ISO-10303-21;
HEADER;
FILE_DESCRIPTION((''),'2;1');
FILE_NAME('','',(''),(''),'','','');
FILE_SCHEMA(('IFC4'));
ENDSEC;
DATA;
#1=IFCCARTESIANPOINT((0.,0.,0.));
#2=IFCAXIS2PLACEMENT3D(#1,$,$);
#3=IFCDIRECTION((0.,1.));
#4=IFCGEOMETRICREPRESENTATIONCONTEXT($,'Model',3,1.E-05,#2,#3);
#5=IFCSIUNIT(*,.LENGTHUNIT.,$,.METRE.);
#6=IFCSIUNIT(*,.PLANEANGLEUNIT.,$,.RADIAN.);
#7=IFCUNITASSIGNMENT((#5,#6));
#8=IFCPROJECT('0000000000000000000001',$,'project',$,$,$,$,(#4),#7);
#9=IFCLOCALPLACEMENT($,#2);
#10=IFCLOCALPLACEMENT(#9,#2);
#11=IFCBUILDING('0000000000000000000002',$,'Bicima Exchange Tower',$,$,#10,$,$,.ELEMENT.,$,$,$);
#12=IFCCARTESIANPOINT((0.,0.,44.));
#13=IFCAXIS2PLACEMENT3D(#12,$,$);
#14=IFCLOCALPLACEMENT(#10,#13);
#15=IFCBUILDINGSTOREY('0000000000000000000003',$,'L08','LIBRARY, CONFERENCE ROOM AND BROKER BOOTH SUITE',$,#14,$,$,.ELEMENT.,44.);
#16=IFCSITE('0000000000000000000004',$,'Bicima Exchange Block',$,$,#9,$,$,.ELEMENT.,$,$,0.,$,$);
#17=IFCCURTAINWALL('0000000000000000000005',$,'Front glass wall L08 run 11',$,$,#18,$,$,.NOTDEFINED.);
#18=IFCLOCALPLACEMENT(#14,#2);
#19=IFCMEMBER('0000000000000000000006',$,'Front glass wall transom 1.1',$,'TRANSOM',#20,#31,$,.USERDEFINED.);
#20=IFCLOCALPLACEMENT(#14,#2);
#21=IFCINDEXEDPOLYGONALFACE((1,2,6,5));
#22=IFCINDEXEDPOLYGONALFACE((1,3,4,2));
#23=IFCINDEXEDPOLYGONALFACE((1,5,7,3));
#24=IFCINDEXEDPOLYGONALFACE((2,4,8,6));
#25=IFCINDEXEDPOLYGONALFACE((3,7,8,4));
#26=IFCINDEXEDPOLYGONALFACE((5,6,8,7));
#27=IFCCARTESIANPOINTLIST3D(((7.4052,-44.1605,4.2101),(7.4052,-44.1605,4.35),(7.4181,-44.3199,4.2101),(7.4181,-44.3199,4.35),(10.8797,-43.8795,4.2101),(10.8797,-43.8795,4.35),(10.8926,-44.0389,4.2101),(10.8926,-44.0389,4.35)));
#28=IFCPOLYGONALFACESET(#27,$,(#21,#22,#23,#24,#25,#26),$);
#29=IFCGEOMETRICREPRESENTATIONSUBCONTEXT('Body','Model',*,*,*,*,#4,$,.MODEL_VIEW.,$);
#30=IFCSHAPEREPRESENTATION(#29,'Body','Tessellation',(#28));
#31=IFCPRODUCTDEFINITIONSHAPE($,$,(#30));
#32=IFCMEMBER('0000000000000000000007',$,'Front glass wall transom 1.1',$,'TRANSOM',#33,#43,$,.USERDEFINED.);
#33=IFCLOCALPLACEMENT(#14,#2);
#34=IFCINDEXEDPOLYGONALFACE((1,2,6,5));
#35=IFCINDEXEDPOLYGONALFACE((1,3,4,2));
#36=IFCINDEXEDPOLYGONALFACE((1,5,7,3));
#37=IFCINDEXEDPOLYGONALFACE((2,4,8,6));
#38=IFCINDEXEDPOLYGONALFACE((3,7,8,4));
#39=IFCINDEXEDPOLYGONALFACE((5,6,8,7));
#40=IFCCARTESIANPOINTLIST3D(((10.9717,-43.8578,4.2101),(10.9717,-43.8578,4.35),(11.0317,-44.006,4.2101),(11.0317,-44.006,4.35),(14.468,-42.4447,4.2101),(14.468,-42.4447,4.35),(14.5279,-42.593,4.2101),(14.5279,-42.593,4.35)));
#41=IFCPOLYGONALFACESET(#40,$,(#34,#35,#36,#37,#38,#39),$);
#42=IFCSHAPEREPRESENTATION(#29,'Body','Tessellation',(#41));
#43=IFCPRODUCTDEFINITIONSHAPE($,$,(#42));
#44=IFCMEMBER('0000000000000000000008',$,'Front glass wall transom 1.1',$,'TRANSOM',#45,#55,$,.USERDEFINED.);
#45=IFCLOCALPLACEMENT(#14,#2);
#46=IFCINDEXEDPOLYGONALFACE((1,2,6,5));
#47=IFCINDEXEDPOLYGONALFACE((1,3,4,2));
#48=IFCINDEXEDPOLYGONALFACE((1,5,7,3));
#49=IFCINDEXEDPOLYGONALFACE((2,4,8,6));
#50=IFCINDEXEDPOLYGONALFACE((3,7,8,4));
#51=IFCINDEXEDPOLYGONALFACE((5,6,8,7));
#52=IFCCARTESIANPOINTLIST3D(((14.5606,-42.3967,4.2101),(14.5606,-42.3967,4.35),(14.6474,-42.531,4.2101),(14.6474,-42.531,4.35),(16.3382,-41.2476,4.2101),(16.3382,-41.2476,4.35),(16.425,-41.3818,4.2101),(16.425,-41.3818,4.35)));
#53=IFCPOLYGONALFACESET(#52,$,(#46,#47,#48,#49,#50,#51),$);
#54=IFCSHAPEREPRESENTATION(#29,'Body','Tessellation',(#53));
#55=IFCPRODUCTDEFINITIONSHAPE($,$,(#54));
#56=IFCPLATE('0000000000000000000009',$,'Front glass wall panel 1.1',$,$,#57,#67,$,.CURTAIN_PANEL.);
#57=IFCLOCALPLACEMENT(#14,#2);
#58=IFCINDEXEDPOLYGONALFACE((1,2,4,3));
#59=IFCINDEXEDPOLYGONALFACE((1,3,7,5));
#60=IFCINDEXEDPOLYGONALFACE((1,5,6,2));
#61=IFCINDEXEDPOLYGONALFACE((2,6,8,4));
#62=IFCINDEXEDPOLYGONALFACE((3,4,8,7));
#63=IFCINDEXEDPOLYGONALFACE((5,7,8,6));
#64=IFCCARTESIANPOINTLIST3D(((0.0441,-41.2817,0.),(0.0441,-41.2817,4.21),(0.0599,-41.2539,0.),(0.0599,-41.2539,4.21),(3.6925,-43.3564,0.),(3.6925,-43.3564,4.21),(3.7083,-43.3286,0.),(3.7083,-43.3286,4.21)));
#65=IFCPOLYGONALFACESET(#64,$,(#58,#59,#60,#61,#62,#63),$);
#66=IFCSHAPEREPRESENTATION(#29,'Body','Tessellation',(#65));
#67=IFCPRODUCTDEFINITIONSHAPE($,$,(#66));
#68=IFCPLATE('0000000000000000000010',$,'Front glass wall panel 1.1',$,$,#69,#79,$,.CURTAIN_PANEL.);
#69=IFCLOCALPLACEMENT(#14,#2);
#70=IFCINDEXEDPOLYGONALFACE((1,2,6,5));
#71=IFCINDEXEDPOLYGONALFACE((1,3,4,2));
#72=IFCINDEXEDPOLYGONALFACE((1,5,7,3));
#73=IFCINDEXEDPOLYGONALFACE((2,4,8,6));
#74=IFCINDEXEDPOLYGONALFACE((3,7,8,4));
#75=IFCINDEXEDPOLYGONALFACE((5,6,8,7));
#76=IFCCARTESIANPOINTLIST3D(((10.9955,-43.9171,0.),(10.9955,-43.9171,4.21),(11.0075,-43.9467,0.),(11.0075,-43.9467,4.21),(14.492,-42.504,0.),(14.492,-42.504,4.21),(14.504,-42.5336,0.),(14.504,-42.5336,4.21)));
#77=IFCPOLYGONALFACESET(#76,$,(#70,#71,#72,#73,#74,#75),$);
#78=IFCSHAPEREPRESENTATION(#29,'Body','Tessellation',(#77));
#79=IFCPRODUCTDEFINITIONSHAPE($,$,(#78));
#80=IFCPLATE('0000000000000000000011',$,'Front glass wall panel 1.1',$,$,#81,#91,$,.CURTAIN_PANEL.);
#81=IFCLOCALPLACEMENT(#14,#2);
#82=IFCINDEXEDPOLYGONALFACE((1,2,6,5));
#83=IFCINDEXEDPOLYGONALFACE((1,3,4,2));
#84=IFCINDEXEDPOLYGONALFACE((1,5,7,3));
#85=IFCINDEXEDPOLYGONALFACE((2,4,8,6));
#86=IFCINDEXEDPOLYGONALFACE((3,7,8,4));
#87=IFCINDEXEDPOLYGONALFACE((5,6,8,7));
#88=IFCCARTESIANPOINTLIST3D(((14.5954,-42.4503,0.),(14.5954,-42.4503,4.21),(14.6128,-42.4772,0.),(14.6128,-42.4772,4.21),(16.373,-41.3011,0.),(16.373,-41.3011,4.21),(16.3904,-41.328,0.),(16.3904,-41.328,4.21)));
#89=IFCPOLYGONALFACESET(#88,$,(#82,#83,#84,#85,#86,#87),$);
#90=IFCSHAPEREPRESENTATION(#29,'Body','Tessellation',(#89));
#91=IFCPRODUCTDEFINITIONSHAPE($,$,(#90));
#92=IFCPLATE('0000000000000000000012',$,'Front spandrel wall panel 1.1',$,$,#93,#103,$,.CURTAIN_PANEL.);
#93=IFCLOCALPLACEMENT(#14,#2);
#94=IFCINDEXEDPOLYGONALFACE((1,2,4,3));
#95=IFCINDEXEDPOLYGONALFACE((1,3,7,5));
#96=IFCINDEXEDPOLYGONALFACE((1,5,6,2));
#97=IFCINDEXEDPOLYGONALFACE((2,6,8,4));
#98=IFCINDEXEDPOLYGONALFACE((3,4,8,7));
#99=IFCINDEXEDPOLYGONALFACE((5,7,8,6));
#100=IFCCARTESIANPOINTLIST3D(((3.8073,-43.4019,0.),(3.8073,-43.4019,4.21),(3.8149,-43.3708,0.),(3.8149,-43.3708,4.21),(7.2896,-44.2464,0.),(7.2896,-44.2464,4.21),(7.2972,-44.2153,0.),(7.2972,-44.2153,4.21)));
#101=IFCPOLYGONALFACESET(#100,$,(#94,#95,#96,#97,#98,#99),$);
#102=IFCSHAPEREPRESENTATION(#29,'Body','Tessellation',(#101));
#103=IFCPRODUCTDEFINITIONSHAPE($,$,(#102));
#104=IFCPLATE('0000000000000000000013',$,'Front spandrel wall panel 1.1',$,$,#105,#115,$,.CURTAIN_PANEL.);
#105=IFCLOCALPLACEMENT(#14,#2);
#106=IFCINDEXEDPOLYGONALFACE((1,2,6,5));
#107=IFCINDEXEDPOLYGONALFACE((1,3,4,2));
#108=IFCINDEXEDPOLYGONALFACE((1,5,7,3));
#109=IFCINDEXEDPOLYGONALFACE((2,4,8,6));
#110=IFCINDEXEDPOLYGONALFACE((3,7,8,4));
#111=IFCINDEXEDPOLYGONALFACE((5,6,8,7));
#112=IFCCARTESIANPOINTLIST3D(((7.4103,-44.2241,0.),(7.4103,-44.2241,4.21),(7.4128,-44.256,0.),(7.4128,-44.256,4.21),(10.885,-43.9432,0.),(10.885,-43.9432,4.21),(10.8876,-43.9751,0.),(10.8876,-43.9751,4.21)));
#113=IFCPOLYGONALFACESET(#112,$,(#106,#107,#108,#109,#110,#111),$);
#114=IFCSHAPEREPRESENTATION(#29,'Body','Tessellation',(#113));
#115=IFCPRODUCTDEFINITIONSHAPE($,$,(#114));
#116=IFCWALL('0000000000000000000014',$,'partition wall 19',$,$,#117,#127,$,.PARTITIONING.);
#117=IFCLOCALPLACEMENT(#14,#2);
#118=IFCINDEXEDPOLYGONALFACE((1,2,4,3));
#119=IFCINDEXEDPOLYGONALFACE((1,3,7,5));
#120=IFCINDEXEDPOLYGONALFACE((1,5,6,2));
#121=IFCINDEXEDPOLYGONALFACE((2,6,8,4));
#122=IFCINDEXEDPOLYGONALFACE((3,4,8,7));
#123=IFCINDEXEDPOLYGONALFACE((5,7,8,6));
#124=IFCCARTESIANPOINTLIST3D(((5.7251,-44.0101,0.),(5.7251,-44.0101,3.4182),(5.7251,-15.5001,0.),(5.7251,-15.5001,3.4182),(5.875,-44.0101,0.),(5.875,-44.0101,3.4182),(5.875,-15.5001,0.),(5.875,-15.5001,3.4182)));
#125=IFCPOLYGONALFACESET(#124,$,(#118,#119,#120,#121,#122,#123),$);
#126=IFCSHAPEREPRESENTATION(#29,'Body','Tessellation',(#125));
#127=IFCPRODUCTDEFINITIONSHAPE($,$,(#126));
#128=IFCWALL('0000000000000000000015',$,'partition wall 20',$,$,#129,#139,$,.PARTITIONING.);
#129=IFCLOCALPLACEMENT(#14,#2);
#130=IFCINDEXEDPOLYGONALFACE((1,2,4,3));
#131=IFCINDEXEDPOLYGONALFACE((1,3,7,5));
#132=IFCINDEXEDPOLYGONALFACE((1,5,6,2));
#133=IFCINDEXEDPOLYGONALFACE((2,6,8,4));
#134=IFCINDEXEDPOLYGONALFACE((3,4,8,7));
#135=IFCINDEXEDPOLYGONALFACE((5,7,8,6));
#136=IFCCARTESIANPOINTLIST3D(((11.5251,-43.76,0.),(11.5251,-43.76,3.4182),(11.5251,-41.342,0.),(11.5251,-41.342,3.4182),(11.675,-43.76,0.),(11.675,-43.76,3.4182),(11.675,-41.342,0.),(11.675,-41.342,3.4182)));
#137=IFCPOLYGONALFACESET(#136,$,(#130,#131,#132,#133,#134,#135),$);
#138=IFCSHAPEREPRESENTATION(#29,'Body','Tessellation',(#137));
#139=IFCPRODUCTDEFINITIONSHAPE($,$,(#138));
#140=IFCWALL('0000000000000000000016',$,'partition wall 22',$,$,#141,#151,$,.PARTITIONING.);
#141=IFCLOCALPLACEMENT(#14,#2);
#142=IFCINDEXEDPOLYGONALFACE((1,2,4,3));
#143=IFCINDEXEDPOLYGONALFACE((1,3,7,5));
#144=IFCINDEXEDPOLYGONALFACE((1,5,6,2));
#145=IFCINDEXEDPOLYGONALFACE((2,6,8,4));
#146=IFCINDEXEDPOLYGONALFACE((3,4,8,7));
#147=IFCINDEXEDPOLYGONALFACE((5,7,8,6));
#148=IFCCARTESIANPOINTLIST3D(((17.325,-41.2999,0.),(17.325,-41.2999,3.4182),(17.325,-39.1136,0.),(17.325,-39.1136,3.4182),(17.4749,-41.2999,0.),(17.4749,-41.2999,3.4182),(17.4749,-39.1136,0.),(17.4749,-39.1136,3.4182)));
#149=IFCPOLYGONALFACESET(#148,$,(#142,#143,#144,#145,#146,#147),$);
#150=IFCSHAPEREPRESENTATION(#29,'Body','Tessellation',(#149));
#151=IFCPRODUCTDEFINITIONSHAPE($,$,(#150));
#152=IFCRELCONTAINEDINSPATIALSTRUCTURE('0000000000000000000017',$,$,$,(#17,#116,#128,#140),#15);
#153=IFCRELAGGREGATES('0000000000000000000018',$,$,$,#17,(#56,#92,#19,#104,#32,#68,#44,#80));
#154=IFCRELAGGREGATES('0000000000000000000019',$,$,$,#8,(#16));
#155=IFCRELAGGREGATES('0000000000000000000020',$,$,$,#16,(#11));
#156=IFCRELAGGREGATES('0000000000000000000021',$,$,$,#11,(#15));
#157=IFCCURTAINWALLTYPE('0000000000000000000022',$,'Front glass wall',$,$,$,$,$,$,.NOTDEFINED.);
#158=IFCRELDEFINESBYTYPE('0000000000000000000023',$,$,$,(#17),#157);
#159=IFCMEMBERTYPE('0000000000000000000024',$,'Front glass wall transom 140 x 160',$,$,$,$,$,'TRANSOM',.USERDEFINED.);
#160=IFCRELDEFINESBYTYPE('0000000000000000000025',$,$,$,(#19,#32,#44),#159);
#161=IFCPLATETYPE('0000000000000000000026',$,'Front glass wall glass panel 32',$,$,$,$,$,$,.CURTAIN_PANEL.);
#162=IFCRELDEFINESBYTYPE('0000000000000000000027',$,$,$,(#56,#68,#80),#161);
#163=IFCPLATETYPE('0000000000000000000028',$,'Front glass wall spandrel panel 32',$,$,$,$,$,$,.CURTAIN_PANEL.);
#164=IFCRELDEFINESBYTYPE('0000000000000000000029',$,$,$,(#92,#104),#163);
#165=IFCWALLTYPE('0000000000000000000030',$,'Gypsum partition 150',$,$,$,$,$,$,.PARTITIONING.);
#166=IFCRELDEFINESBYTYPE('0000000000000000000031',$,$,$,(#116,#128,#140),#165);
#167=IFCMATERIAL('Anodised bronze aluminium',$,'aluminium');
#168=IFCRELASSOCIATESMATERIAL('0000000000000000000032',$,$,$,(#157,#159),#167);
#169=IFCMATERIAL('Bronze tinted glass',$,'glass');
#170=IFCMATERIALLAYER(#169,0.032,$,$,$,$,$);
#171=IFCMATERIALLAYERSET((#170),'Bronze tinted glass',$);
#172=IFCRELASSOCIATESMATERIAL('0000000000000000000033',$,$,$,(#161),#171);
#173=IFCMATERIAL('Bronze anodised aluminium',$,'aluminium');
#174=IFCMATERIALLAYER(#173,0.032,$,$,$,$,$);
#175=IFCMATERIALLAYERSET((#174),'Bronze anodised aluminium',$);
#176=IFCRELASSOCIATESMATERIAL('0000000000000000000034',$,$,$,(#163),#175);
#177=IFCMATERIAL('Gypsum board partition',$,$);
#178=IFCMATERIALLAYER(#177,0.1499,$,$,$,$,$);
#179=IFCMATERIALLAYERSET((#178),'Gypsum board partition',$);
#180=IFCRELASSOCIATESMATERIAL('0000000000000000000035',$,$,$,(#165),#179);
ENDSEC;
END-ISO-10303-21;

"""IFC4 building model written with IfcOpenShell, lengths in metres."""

from ifc_helpers import new_model, si_unit, direction, frame, frame_2d, origin, origin_2d, place, context, subcontext, project, spatial, rectangle, extrude, material, layer, layer_set, material_profile, profile_set, type_object, element, aggregate, save


model = new_model("IFC4")

# Units and contexts
model_context = context("Model", 3, precision=1e-05, world=origin(), true_north=direction((0.0, 1.0)))
body_context = subcontext(model_context, "Body", "Model", "MODEL_VIEW")
ifc_project = project(units=[si_unit("LENGTHUNIT", "METRE"), si_unit("PLANEANGLEUNIT", "RADIAN")], contexts=[model_context])

# Site, building, storey
site_placement = place(None, origin())
site = spatial("IfcSite", under=ifc_project, at=site_placement, Name="Bicima Exchange Block", CompositionType="ELEMENT", RefElevation=0.0)
building_placement = place(site_placement, origin())
building = spatial("IfcBuilding", under=site, at=building_placement, Name="Bicima Exchange Tower", CompositionType="ELEMENT")
storey_placement = place(building_placement, frame((0.0, 0.0, 44.0)))
storey = spatial("IfcBuildingStorey", under=building, at=storey_placement, Name="L08", Description="LIBRARY, CONFERENCE ROOM AND BROKER BOOTH SUITE", CompositionType="ELEMENT", Elevation=44.0)

# Curtain wall, members, plates
ifc_material_1 = material(Name="Anodised bronze aluminium", Category="aluminium")
curtain_wall_type = type_object("IfcCurtainWallType", Name="Front glass wall", PredefinedType="NOTDEFINED", material=ifc_material_1)
curtain_wall_placement = place(storey_placement, origin())
curtain_wall = element("IfcCurtainWall", 1, at=curtain_wall_placement, inside=storey, type_object=curtain_wall_type, Name="Front glass wall L08 run 11", PredefinedType="NOTDEFINED")
ifc_material_profile_1 = material_profile(ifc_material_1, rectangle(XDim=0.1599, YDim=0.1399, at=origin_2d()))
ifc_profile_set_1 = profile_set([ifc_material_profile_1], Name="Anodised bronze aluminium")
member_type_1 = type_object("IfcMemberType", Name="Front glass wall transom 140 x 160", ElementType="TRANSOM", PredefinedType="USERDEFINED", material=ifc_profile_set_1)
member_1_placement = place(storey_placement, frame((7.4116, -44.2402, 4.28), z_axis=(0.996746, 0.080611, 0.0), x_axis=(-0.080611, 0.996746, 0.0)))
member_1 = element("IfcMember", 2, at=member_1_placement, type_object=member_type_1, Name="Front glass wall transom 1.1", ObjectType="TRANSOM", PredefinedType="USERDEFINED", context=body_context, shape_type="SweptSolid", body=[
    extrude(rectangle(XDim=0.1599, YDim=0.1399, at=origin_2d()), origin(), (0.0, 0.0, 1.0), 3.4858),
])
member_2_placement = place(storey_placement, frame((11.0017, -43.9319, 4.28), z_axis=(0.92714, 0.374715, 0.0), x_axis=(-0.374715, 0.92714, 0.0)))
member_2 = element("IfcMember", 3, at=member_2_placement, type_object=member_type_1, Name="Front glass wall transom 1.1", ObjectType="TRANSOM", PredefinedType="USERDEFINED", context=body_context, shape_type="SweptSolid", body=[
    extrude(rectangle(XDim=0.1599, YDim=0.1399, at=origin_2d()), origin(), (0.0, 0.0, 1.0), 3.771),
])
member_3_placement = place(storey_placement, frame((14.604, -42.4639, 4.28), z_axis=(0.839793, 0.542907, 0.0), x_axis=(-0.542907, 0.839793, 0.0)))
member_3 = element("IfcMember", 4, at=member_3_placement, type_object=member_type_1, Name="Front glass wall transom 1.1", ObjectType="TRANSOM", PredefinedType="USERDEFINED", context=body_context, shape_type="SweptSolid", body=[
    extrude(rectangle(XDim=0.1599, YDim=0.1399, at=origin_2d()), origin(), (0.0, 0.0, 1.0), 2.1167),
])
ifc_material_2 = material(Name="Bronze tinted glass", Category="glass")
ifc_layer_1 = layer(ifc_material_2, 0.032)
ifc_layer_set_1 = layer_set([ifc_layer_1], Name="Bronze tinted glass")
plate_type_1 = type_object("IfcPlateType", Name="Front glass wall glass panel 32", PredefinedType="CURTAIN_PANEL", material=ifc_layer_set_1)
plate_1_placement = place(storey_placement, frame((1.8762, -42.3052, 0.0), z_axis=(0.0, 0.0, 1.0), x_axis=(0.869274, -0.49433, 0.0)))
plate_1 = element("IfcPlate", 5, at=plate_1_placement, type_object=plate_type_1, Name="Front glass wall panel 1.1", PredefinedType="CURTAIN_PANEL", context=body_context, shape_type="SweptSolid", body=[
    extrude(rectangle(XDim=4.197, YDim=0.032, at=origin_2d()), origin(), (0.0, 0.0, 1.0), 4.21),
])
plate_2_placement = place(storey_placement, frame((12.7498, -43.2253, 0.0), z_axis=(0.0, 0.0, 1.0), x_axis=(0.927144, 0.374705, 0.0)))
plate_2 = element("IfcPlate", 6, at=plate_2_placement, type_object=plate_type_1, Name="Front glass wall panel 1.1", PredefinedType="CURTAIN_PANEL", context=body_context, shape_type="SweptSolid", body=[
    extrude(rectangle(XDim=3.7712, YDim=0.032, at=origin_2d()), origin(), (0.0, 0.0, 1.0), 4.21),
])
plate_3_placement = place(storey_placement, frame((15.4929, -41.8892, 0.0), z_axis=(0.0, 0.0, 1.0), x_axis=(0.839791, 0.542909, 0.0)))
plate_3 = element("IfcPlate", 7, at=plate_3_placement, type_object=plate_type_1, Name="Front glass wall panel 1.1", PredefinedType="CURTAIN_PANEL", context=body_context, shape_type="SweptSolid", body=[
    extrude(rectangle(XDim=2.1167, YDim=0.032, at=origin_2d()), origin(), (0.0, 0.0, 1.0), 4.21),
])
ifc_material_3 = material(Name="Bronze anodised aluminium", Category="aluminium")
ifc_layer_2 = layer(ifc_material_3, 0.032)
ifc_layer_set_2 = layer_set([ifc_layer_2], Name="Bronze anodised aluminium")
plate_type_2 = type_object("IfcPlateType", Name="Front glass wall spandrel panel 32", PredefinedType="CURTAIN_PANEL", material=ifc_layer_set_2)
plate_4_placement = place(storey_placement, frame((5.5522, -43.8086, 0.0), z_axis=(0.0, 0.0, 1.0), x_axis=(0.97183, -0.235682, 0.0)))
plate_4 = element("IfcPlate", 8, at=plate_4_placement, type_object=plate_type_2, Name="Front spandrel wall panel 1.1", PredefinedType="CURTAIN_PANEL", context=body_context, shape_type="SweptSolid", body=[
    extrude(rectangle(XDim=3.5833, YDim=0.032, at=origin_2d()), origin(), (0.0, 0.0, 1.0), 4.21),
])
plate_5_placement = place(storey_placement, frame((9.1489, -44.0996, 0.0), z_axis=(0.0, 0.0, 1.0), x_axis=(0.996747, 0.080589, 0.0)))
plate_5 = element("IfcPlate", 9, at=plate_5_placement, type_object=plate_type_2, Name="Front spandrel wall panel 1.1", PredefinedType="CURTAIN_PANEL", context=body_context, shape_type="SweptSolid", body=[
    extrude(rectangle(XDim=3.4861, YDim=0.032, at=origin_2d()), origin(), (0.0, 0.0, 1.0), 4.21),
])
aggregate(curtain_wall, [plate_1, plate_4, member_1, plate_5, member_2, plate_2, member_3, plate_3])

# Walls
ifc_material_4 = material(Name="Gypsum board partition")
ifc_layer_3 = layer(ifc_material_4, 0.1499)
ifc_layer_set_3 = layer_set([ifc_layer_3], Name="Gypsum board partition")
wall_type = type_object("IfcWallType", Name="Gypsum partition 150", PredefinedType="PARTITIONING", material=ifc_layer_set_3)
wall_1_placement = place(storey_placement, frame((5.8, -44.01, 0.0), z_axis=(0.0, 0.0, 1.0), x_axis=(0.0, 1.0, 0.0)))
element("IfcWall", 10, at=wall_1_placement, inside=storey, type_object=wall_type, Name="partition wall 19", PredefinedType="PARTITIONING", context=body_context, shape_type="SweptSolid", body=[
    extrude(rectangle(XDim=28.51, YDim=0.1499, at=frame_2d((14.2549, 0.0))), origin(), (0.0, 0.0, 1.0), 3.4182),
])
wall_2_placement = place(storey_placement, frame((11.6001, -43.76, 0.0), z_axis=(0.0, 0.0, 1.0), x_axis=(0.0, 1.0, 0.0)))
element("IfcWall", 11, at=wall_2_placement, inside=storey, type_object=wall_type, Name="partition wall 20", PredefinedType="PARTITIONING", context=body_context, shape_type="SweptSolid", body=[
    extrude(rectangle(XDim=2.418, YDim=0.1499, at=frame_2d((1.209, 0.0))), origin(), (0.0, 0.0, 1.0), 3.4182),
])
wall_3_placement = place(storey_placement, frame((17.3999, -41.3, 0.0), z_axis=(0.0, 0.0, 1.0), x_axis=(0.0, 1.0, 0.0)))
element("IfcWall", 12, at=wall_3_placement, inside=storey, type_object=wall_type, Name="partition wall 22", PredefinedType="PARTITIONING", context=body_context, shape_type="SweptSolid", body=[
    extrude(rectangle(XDim=2.1863, YDim=0.1499, at=frame_2d((1.0933, 0.0))), origin(), (0.0, 0.0, 1.0), 3.4182),
])

save(model, "model.ifc")
